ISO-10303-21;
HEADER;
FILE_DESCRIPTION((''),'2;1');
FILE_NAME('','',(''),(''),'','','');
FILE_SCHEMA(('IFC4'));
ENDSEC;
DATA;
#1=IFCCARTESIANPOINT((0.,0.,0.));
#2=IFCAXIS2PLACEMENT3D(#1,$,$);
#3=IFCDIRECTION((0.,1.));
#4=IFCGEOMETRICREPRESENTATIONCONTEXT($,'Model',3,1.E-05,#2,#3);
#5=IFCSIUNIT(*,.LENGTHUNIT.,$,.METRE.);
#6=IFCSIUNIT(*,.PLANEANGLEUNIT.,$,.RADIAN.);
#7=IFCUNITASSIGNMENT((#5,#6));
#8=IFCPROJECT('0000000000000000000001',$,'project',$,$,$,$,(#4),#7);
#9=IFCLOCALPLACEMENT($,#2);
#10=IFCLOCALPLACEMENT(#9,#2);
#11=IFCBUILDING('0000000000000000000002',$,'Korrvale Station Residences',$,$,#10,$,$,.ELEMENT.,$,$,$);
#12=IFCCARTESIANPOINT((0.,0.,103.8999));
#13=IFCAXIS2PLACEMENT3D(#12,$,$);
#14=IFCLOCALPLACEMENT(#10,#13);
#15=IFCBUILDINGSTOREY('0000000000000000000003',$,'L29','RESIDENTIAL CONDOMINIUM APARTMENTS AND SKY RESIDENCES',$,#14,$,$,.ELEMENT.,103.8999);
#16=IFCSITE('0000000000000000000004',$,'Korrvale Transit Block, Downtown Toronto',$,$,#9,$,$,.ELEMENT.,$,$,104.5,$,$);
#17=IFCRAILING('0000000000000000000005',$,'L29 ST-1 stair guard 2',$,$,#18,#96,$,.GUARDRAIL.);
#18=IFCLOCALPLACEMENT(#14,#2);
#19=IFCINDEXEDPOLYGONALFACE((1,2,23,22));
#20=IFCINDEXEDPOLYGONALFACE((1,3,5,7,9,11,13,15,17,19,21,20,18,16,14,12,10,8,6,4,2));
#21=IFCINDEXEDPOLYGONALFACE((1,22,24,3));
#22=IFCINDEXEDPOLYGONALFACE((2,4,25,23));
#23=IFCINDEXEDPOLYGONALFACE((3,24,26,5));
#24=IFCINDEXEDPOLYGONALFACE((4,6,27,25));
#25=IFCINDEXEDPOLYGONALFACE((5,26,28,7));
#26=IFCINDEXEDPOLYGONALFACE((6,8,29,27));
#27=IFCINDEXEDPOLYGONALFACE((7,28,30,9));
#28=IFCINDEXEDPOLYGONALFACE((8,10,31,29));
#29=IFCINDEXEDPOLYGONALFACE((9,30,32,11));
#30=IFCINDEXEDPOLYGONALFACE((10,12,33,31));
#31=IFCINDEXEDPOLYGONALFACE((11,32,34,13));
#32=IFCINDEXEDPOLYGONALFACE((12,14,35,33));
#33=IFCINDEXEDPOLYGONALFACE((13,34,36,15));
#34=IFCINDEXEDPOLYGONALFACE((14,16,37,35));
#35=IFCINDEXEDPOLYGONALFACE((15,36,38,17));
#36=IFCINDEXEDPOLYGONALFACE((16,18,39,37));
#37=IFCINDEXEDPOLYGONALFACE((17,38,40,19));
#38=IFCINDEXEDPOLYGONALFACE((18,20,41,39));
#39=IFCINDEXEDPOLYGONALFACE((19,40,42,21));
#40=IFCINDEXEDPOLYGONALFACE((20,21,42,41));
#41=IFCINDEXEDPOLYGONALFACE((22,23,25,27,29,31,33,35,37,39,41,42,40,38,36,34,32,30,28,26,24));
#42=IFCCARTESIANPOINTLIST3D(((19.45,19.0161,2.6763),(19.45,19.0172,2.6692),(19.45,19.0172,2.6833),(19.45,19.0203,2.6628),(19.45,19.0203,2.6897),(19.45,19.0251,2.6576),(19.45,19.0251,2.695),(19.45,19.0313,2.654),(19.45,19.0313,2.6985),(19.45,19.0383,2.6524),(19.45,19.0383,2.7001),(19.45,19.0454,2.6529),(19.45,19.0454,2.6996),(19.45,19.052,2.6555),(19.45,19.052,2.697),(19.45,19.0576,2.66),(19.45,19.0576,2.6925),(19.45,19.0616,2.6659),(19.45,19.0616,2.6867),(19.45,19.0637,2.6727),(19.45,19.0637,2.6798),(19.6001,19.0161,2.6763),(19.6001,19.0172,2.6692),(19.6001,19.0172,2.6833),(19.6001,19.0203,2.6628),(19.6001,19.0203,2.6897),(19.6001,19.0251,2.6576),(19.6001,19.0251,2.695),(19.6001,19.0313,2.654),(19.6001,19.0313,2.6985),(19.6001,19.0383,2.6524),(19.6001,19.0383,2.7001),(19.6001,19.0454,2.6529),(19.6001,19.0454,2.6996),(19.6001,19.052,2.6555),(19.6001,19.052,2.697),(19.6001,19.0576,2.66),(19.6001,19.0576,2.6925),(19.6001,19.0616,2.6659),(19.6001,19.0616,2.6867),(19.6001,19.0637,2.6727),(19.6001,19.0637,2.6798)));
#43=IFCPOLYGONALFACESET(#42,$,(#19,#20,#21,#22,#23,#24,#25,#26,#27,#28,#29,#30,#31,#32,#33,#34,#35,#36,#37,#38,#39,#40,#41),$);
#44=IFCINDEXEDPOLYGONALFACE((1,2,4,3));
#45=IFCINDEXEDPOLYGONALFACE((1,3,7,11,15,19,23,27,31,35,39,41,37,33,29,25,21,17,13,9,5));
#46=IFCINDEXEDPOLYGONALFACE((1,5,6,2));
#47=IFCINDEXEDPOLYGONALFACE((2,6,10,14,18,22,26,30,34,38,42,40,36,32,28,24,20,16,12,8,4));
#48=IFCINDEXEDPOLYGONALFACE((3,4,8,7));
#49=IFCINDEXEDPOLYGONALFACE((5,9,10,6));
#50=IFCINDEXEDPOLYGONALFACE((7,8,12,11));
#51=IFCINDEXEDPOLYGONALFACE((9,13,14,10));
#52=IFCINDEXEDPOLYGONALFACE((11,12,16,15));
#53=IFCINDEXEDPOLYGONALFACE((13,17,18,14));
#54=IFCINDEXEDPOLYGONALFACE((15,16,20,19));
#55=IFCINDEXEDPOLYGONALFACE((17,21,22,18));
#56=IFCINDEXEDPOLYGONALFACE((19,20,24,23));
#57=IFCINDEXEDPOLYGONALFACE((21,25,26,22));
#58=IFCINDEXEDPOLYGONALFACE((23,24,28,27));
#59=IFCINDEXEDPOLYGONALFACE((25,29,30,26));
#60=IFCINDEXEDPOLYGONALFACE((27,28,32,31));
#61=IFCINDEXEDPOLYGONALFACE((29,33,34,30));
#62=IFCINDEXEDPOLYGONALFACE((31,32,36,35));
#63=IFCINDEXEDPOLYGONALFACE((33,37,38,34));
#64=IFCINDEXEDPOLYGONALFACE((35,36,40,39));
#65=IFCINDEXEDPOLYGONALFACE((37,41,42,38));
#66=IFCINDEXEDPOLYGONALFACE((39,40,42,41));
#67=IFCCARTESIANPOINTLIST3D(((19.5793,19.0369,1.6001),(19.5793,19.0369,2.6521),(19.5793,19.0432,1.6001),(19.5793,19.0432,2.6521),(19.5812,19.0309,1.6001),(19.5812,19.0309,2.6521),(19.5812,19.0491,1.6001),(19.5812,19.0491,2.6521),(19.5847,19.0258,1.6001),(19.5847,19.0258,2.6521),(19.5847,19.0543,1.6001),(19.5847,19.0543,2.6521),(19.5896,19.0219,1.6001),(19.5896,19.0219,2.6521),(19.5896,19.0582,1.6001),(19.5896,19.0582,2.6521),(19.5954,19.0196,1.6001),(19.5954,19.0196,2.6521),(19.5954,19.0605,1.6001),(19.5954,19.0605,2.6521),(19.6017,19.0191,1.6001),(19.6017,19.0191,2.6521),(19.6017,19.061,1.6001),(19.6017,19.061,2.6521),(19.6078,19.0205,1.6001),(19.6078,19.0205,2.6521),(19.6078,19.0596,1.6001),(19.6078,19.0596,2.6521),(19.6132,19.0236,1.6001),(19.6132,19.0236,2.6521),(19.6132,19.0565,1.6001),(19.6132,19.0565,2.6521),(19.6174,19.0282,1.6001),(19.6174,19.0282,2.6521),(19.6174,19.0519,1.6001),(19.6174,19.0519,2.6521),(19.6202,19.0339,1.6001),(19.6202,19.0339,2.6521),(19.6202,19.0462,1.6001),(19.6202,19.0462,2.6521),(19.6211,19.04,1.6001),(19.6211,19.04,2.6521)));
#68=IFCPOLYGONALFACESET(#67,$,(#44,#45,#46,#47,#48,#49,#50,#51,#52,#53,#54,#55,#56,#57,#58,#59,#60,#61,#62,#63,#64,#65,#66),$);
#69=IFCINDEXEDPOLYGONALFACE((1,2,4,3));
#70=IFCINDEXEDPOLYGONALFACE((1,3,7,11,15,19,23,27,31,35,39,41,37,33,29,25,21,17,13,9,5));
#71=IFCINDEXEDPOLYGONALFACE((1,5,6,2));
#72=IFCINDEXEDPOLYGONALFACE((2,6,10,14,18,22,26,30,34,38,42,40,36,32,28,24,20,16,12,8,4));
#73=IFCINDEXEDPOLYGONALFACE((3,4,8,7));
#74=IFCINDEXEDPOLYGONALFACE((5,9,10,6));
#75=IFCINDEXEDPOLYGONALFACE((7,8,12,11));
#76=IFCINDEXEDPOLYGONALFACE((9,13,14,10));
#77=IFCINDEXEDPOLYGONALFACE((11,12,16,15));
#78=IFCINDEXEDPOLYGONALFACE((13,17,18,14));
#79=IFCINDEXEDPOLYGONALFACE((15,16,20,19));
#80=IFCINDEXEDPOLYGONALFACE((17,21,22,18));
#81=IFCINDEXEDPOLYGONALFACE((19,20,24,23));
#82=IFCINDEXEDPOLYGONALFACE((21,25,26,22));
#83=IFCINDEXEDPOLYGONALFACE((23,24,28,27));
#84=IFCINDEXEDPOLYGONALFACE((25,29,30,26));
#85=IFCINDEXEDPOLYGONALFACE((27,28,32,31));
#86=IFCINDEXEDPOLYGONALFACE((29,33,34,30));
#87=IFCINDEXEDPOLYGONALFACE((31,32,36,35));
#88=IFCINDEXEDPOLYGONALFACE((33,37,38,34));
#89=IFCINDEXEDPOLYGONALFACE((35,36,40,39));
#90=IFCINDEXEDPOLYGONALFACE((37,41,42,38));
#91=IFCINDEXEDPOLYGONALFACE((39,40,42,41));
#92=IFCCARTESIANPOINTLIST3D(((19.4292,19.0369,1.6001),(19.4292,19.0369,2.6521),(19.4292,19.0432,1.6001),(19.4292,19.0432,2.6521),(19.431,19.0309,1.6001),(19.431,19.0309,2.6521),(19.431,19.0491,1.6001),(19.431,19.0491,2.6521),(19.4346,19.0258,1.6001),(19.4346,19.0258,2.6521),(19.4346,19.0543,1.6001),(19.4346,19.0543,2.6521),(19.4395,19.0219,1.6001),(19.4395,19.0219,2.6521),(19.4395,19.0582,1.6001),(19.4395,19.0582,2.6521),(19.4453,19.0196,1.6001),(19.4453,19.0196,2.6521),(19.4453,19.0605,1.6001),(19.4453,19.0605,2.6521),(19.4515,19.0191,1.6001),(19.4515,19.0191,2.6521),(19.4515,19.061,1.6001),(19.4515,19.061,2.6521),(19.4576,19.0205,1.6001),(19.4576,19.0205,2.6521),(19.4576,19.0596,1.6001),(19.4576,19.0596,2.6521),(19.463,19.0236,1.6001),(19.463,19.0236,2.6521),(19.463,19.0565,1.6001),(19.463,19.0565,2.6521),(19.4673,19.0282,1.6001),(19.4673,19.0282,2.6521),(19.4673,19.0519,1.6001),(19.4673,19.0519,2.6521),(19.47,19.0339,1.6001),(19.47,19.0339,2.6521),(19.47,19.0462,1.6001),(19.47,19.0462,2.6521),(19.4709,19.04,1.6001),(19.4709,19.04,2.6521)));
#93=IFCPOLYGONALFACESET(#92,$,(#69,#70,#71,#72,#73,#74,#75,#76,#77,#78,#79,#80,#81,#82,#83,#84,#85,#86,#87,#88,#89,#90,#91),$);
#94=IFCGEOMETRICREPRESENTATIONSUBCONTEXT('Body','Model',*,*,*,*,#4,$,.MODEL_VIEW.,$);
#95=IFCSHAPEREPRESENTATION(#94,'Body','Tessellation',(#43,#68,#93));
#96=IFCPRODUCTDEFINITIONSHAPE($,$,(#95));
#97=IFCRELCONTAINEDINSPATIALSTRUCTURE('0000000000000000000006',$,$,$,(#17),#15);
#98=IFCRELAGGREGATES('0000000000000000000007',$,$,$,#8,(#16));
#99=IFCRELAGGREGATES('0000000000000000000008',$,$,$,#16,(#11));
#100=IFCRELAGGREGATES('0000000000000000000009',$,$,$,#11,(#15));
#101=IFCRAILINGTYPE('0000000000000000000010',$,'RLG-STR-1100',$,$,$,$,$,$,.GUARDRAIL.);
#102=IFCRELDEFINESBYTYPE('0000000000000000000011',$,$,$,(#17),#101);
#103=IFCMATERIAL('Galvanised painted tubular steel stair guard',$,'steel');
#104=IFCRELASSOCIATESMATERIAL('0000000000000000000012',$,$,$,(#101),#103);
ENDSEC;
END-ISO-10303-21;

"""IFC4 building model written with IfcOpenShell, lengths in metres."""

from ifc_helpers import new_model, si_unit, direction, frame, origin, origin_2d, place, context, subcontext, project, spatial, circle, extrude, material, type_object, element, save


model = new_model("IFC4")

# Units and contexts
model_context = context("Model", 3, precision=1e-05, world=origin(), true_north=direction((0.0, 1.0)))
body_context = subcontext(model_context, "Body", "Model", "MODEL_VIEW")
ifc_project = project(units=[si_unit("LENGTHUNIT", "METRE"), si_unit("PLANEANGLEUNIT", "RADIAN")], contexts=[model_context])

# Site, building, storey
site_placement = place(None, origin())
site = spatial("IfcSite", under=ifc_project, at=site_placement, Name="Korrvale Transit Block, Downtown Toronto", CompositionType="ELEMENT", RefElevation=104.5)
building_placement = place(site_placement, origin())
building = spatial("IfcBuilding", under=site, at=building_placement, Name="Korrvale Station Residences", CompositionType="ELEMENT")
storey_placement = place(building_placement, frame((0.0, 0.0, 103.8999)))
storey = spatial("IfcBuildingStorey", under=building, at=storey_placement, Name="L29", Description="RESIDENTIAL CONDOMINIUM APARTMENTS AND SKY RESIDENCES", CompositionType="ELEMENT", Elevation=103.8999)

# Railing
ifc_material_1 = material(Name="Galvanised painted tubular steel stair guard", Category="steel")
railing_type_1 = type_object("IfcRailingType", Name="RLG-STR-1100", PredefinedType="GUARDRAIL", material=ifc_material_1)
railing_1_placement = place(storey_placement, frame((19.6001, 19.04, 1.6001)))
element("IfcRailing", 1, at=railing_1_placement, inside=storey, type_object=railing_type_1, Name="L29 ST-1 stair guard 2", PredefinedType="GUARDRAIL", context=body_context, shape_type="SweptSolid", body=[
    extrude(circle(Radius=0.0239, at=origin_2d()), frame((0.0, 0.0, 1.0762), z_axis=(-1.0, 0.0, 0.0), x_axis=(0.0, -1.0, 0.0)), (0.0, 0.0, 1.0), 0.1501),
    extrude(circle(Radius=0.021, at=origin_2d()), origin(), (0.0, 0.0, 1.0), 1.052),
    extrude(circle(Radius=0.021, at=origin_2d()), frame((-0.1501, 0.0, 0.0)), (0.0, 0.0, 1.0), 1.052),
])

save(model, "model.ifc")
